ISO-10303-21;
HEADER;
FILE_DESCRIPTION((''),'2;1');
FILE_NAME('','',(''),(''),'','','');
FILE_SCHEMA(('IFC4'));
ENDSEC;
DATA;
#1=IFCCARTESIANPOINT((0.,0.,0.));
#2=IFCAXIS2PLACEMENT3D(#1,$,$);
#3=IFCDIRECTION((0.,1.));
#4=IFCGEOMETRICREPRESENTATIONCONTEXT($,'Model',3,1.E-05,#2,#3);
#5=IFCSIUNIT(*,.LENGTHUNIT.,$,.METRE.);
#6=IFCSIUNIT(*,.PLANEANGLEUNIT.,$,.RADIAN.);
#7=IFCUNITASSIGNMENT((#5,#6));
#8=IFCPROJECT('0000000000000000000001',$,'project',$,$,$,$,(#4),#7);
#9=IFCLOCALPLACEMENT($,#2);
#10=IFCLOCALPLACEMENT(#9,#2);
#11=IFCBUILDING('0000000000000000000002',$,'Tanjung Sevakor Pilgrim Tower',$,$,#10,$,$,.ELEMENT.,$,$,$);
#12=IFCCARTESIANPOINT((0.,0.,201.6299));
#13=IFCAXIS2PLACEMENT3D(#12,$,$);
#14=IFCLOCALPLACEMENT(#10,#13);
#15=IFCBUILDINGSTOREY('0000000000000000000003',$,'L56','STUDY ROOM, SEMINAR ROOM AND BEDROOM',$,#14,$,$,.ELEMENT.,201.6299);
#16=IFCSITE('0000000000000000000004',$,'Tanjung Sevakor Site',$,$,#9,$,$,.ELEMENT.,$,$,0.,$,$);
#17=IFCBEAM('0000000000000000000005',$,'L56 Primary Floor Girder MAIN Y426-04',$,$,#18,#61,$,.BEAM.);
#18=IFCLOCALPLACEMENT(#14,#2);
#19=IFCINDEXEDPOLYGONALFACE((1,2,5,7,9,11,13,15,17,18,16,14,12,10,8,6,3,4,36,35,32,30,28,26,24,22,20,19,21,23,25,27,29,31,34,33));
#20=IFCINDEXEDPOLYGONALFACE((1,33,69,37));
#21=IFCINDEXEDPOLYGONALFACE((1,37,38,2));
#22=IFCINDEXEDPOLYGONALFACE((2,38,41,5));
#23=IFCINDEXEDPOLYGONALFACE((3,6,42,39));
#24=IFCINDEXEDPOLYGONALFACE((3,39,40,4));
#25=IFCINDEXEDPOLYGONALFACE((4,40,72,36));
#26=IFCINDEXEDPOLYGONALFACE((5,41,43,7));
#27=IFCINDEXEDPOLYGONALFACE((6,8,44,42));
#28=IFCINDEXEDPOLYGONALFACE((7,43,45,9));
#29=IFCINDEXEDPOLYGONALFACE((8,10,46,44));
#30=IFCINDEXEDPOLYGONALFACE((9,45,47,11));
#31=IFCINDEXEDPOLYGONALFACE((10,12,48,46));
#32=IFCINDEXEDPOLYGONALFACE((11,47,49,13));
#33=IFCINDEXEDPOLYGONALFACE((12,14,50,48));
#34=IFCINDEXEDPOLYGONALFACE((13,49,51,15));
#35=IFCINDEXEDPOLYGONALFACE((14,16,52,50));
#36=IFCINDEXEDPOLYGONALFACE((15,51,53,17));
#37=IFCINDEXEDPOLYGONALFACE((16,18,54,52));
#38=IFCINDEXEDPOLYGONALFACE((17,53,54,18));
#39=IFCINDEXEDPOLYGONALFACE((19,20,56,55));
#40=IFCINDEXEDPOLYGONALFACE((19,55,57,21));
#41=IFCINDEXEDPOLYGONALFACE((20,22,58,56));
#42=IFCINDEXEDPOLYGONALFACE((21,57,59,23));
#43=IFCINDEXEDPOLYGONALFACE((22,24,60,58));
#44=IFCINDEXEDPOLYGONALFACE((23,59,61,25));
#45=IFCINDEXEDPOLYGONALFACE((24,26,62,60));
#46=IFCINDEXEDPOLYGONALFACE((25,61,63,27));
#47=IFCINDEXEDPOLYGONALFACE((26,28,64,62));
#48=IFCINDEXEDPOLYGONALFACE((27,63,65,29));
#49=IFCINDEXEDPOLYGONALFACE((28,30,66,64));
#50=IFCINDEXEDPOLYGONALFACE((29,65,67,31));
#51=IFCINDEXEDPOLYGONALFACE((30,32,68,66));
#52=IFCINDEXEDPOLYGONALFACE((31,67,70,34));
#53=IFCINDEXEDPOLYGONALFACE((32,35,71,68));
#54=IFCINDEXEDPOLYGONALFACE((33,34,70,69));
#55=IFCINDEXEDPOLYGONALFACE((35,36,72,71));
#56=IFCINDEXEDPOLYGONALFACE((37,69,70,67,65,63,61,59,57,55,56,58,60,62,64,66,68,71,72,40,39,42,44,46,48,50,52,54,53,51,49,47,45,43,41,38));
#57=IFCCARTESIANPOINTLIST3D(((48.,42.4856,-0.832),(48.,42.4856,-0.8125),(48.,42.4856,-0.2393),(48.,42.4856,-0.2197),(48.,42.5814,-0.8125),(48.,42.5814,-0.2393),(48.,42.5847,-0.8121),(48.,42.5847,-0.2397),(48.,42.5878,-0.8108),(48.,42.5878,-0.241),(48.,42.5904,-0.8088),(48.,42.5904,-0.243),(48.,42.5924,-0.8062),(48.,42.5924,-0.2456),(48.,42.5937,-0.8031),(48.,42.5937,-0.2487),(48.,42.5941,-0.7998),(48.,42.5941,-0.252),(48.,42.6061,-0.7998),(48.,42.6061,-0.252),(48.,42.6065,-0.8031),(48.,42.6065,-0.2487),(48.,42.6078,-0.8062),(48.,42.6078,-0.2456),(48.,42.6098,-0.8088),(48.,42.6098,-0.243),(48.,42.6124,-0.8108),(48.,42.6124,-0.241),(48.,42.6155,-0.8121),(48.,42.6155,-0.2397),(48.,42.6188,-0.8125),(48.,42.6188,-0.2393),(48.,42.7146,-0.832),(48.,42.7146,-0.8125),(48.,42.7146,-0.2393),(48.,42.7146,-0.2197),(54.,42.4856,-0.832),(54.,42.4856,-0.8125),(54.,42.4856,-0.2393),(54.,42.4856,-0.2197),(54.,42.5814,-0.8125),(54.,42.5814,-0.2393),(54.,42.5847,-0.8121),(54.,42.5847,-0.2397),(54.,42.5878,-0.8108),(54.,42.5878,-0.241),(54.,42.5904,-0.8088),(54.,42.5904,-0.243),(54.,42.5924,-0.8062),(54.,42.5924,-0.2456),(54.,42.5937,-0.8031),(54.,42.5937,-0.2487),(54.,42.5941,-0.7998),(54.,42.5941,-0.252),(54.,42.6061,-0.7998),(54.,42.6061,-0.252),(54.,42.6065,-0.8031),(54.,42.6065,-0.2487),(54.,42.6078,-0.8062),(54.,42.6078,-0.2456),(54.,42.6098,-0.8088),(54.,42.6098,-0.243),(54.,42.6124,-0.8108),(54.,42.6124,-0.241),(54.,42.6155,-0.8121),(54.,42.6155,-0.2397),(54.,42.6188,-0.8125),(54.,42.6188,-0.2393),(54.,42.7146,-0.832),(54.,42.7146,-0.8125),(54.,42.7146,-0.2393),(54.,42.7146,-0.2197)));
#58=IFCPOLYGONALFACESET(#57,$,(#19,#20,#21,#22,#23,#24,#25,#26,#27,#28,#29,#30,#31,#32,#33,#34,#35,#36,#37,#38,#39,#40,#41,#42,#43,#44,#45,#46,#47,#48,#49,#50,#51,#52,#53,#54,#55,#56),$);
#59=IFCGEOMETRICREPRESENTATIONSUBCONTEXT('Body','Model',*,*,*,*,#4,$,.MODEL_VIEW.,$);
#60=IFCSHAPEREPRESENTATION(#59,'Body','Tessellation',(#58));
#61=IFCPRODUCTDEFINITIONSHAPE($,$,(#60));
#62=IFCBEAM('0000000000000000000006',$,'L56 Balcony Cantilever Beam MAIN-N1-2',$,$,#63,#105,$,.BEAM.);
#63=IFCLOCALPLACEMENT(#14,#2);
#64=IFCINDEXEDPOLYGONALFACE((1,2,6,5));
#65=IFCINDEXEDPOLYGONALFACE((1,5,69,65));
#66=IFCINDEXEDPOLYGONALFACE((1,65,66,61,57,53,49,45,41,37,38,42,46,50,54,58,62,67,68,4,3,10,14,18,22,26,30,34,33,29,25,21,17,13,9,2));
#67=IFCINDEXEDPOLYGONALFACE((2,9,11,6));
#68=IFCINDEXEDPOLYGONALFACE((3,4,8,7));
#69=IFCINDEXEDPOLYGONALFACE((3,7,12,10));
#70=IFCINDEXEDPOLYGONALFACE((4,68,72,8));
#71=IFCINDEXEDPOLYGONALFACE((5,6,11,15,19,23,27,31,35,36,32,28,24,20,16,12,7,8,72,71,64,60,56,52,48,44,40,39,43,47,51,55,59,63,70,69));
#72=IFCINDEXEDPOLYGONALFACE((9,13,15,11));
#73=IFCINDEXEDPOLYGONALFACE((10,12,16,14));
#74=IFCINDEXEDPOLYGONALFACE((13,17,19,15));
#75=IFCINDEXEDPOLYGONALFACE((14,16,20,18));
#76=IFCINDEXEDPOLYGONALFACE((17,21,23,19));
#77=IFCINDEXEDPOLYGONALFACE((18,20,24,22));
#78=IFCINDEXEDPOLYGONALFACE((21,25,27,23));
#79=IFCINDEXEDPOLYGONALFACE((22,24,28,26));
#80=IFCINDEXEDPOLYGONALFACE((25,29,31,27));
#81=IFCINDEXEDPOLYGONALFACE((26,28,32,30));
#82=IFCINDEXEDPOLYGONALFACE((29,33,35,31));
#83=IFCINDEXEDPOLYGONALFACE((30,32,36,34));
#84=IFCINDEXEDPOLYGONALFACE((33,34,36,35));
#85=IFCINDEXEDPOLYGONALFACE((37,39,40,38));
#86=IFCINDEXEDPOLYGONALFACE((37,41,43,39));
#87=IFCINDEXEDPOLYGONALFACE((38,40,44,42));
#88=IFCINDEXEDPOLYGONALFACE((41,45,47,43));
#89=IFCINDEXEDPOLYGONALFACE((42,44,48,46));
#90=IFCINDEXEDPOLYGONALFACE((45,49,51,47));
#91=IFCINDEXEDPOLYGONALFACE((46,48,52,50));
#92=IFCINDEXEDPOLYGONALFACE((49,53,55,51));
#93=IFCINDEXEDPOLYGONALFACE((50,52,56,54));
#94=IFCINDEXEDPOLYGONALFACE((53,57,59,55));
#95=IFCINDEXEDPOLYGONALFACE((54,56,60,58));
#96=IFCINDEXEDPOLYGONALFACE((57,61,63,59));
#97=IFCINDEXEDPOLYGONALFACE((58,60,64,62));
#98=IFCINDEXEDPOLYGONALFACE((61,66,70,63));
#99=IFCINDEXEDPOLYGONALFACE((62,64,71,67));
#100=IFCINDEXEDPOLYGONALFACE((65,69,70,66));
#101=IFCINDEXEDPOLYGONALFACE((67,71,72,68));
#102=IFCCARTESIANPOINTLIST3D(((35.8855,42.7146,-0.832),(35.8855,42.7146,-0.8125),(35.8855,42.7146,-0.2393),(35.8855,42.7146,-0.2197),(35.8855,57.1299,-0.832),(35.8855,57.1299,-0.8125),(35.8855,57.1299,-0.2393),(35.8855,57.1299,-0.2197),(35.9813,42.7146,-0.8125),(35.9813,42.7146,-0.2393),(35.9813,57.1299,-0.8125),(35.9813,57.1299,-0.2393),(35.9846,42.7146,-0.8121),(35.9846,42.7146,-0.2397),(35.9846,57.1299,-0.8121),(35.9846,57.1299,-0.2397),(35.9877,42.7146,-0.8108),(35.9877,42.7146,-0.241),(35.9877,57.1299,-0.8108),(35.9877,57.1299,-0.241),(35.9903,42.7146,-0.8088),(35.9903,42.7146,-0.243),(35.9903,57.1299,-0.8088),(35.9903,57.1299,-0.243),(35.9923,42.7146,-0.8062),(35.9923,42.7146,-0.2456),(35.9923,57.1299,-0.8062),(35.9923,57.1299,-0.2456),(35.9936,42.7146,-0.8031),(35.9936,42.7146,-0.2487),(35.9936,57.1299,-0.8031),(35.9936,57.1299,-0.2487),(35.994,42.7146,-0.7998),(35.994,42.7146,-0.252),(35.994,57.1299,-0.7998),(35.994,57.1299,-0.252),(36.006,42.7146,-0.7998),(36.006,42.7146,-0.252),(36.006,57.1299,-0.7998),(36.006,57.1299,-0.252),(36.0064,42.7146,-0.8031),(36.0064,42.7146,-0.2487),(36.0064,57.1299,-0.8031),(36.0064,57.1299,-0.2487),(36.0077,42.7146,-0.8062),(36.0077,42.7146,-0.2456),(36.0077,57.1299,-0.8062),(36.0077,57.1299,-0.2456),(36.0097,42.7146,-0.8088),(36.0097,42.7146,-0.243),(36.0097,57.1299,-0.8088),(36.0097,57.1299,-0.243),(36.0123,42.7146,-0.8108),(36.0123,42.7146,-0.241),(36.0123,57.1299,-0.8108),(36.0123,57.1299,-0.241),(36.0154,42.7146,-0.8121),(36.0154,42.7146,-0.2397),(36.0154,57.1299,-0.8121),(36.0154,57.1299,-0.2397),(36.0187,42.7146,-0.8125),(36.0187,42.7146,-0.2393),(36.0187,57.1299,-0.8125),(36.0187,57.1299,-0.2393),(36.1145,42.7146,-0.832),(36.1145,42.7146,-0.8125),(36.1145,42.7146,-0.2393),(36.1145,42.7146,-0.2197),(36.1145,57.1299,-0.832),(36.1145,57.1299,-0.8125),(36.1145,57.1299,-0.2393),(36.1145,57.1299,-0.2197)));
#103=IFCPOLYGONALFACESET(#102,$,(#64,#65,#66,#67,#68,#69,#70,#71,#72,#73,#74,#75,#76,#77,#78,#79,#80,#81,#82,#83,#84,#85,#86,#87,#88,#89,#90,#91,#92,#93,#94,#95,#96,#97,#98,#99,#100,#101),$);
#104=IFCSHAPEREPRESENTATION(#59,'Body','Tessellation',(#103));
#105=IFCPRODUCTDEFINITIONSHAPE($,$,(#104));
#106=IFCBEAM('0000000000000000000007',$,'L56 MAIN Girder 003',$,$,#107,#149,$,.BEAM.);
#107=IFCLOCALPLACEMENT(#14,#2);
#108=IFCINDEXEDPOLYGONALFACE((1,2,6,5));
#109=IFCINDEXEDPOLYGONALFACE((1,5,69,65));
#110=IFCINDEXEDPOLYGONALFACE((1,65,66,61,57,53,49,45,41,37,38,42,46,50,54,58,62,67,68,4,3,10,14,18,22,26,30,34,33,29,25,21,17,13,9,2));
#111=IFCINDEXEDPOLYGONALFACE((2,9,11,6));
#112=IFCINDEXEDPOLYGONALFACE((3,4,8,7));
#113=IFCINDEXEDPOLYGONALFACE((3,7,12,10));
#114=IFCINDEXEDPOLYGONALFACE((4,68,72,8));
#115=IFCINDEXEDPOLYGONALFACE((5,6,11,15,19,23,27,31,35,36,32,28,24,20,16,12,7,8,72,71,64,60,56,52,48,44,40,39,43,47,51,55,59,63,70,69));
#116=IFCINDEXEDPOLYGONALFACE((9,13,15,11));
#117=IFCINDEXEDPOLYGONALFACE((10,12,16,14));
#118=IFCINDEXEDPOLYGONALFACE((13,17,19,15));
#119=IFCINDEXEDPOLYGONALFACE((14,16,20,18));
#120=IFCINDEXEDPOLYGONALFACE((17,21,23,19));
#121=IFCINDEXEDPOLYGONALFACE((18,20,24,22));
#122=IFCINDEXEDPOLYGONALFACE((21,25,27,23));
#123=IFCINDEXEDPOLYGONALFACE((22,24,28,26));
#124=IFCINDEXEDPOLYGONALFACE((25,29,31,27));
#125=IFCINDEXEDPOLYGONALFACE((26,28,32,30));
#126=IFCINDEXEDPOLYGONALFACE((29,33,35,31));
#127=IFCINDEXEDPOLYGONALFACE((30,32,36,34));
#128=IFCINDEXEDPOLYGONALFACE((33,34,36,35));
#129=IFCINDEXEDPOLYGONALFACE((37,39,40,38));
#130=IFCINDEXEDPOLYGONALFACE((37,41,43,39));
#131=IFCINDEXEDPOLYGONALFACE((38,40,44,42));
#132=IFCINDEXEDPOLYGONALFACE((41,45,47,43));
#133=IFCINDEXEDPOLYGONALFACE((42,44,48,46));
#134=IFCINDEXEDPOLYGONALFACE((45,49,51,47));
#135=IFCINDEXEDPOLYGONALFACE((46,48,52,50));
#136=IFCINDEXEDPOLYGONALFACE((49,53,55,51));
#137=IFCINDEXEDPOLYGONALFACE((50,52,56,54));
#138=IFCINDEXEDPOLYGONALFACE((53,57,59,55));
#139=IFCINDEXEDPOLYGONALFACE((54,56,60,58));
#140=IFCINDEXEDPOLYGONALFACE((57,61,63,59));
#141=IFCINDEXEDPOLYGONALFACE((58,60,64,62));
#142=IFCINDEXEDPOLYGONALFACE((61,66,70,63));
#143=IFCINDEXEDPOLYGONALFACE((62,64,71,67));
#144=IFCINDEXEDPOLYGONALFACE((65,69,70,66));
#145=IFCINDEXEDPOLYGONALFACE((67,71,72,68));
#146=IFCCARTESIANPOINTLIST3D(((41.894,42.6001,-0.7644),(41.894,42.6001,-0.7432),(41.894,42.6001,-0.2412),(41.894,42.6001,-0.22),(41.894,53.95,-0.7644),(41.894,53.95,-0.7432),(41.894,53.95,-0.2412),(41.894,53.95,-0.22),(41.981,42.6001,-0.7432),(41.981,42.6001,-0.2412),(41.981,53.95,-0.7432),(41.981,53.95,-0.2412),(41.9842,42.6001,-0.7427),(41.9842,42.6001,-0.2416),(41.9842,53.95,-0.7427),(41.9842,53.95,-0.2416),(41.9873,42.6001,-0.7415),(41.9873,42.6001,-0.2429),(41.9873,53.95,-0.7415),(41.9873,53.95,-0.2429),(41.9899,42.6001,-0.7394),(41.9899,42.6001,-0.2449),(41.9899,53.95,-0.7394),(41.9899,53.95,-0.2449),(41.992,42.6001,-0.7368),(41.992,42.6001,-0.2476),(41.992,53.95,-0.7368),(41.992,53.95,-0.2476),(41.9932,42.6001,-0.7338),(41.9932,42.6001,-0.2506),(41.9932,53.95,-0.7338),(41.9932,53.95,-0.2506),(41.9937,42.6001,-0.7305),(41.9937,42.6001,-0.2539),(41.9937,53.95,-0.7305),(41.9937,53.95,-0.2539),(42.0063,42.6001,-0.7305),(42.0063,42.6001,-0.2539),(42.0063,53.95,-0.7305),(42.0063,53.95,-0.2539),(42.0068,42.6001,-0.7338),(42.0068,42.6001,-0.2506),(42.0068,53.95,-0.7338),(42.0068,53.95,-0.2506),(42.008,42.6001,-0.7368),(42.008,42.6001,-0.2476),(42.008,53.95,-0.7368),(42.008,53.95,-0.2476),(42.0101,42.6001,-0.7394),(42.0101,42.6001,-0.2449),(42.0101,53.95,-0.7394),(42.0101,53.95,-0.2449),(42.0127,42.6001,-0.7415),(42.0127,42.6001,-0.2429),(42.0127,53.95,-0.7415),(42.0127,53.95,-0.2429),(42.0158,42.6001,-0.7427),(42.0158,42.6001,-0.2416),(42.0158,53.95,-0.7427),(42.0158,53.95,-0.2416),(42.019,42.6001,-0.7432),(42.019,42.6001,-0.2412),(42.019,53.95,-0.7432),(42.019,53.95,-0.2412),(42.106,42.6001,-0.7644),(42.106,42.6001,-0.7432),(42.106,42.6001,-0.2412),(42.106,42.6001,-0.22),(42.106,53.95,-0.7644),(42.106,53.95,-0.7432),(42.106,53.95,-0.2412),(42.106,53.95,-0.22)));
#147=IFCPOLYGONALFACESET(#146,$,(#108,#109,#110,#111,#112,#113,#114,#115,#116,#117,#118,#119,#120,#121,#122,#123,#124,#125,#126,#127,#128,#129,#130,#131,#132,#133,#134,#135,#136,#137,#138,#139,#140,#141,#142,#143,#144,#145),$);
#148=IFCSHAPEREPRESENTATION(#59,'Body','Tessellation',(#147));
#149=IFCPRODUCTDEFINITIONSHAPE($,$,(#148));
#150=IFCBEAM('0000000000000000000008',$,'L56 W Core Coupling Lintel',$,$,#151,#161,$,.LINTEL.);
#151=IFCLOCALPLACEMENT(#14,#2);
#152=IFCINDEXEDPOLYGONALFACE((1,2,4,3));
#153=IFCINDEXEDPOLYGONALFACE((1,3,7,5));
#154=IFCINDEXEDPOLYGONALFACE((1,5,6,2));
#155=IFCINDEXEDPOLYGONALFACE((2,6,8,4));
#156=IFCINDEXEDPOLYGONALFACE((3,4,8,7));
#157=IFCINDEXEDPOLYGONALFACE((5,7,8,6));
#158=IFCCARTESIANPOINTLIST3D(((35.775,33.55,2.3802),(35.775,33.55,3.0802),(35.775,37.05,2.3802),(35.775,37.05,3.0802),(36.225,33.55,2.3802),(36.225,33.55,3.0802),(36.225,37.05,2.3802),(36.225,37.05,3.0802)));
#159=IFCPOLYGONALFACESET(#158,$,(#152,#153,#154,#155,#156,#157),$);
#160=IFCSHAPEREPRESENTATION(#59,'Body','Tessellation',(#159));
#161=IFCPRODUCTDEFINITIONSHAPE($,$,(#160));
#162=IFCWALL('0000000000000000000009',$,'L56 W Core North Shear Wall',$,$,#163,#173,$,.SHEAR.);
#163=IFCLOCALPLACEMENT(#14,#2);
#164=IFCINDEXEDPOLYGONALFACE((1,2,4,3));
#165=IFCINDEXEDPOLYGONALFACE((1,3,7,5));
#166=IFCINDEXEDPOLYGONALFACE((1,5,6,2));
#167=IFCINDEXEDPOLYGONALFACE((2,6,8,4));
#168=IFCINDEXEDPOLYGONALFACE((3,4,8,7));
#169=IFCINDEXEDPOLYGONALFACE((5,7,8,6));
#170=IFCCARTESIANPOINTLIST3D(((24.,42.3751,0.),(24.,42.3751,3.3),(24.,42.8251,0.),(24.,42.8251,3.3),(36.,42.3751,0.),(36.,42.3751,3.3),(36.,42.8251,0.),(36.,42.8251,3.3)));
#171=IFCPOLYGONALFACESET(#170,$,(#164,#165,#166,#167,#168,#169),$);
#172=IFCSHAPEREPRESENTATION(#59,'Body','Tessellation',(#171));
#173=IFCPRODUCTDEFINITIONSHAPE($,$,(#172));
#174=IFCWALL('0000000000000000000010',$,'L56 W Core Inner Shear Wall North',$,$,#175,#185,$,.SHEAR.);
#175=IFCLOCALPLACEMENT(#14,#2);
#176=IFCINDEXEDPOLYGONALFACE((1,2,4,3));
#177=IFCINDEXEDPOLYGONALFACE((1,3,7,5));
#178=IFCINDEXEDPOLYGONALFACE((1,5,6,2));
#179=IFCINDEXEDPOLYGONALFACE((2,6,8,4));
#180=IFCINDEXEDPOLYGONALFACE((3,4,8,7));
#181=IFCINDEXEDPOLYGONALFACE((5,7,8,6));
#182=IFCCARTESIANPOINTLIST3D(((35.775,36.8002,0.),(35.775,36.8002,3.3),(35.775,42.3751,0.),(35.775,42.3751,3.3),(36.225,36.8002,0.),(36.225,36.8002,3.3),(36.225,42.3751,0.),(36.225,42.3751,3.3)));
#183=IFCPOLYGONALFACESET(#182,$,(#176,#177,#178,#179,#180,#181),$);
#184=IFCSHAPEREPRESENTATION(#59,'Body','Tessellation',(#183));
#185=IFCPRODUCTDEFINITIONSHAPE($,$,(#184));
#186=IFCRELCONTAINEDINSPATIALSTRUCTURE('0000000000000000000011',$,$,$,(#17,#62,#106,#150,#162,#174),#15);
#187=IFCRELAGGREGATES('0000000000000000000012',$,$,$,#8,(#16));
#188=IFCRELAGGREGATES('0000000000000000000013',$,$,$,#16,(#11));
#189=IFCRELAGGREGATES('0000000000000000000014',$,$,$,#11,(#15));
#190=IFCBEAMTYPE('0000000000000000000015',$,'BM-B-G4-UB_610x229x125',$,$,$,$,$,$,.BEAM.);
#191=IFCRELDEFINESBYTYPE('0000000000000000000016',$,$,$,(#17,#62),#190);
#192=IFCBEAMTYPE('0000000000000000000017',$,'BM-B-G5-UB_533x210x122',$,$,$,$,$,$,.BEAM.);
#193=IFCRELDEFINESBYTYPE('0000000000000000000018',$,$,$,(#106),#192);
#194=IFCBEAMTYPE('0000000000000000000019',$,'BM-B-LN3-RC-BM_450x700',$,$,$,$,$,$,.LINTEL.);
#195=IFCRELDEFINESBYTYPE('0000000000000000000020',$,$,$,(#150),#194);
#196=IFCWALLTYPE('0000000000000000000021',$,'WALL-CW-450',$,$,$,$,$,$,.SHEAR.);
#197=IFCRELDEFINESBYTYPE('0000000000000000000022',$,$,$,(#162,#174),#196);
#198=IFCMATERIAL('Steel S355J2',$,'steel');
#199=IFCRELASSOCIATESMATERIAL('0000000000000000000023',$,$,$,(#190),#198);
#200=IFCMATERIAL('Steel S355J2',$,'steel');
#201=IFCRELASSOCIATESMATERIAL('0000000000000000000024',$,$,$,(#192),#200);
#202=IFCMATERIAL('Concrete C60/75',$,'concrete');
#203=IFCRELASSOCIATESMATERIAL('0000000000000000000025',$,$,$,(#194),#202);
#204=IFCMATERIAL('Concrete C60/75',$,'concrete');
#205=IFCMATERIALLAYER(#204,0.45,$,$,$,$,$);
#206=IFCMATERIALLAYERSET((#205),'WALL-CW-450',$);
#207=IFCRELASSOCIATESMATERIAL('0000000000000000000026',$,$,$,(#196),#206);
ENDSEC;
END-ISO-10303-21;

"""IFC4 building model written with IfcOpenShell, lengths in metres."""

from ifc_helpers import new_model, si_unit, direction, frame, frame_2d, origin, origin_2d, place, context, subcontext, project, spatial, rectangle, i_section, extrude, material, layer, layer_set, material_profile, profile_set, type_object, element, save


model = new_model("IFC4")

# Units and contexts
model_context = context("Model", 3, precision=1e-05, world=origin(), true_north=direction((0.0, 1.0)))
body_context = subcontext(model_context, "Body", "Model", "MODEL_VIEW")
ifc_project = project(units=[si_unit("LENGTHUNIT", "METRE"), si_unit("PLANEANGLEUNIT", "RADIAN")], contexts=[model_context])

# Site, building, storey
site_placement = place(None, origin())
site = spatial("IfcSite", under=ifc_project, at=site_placement, Name="Tanjung Sevakor Site", CompositionType="ELEMENT", RefElevation=0.0)
building_placement = place(site_placement, origin())
building = spatial("IfcBuilding", under=site, at=building_placement, Name="Tanjung Sevakor Pilgrim Tower", CompositionType="ELEMENT")
storey_placement = place(building_placement, frame((0.0, 0.0, 201.6299)))
storey = spatial("IfcBuildingStorey", under=building, at=storey_placement, Name="L56", Description="STUDY ROOM, SEMINAR ROOM AND BEDROOM", CompositionType="ELEMENT", Elevation=201.6299)

# Beams
ifc_material_1 = material(Name="Steel S355J2", Category="steel")
ifc_material_profile_1 = material_profile(ifc_material_1, i_section(OverallWidth=0.229, OverallDepth=0.6123, WebThickness=0.012, FlangeThickness=0.0195, FilletRadius=0.0127, at=origin_2d()))
ifc_profile_set_1 = profile_set([ifc_material_profile_1], Name="Steel S355J2")
beam_type_1 = type_object("IfcBeamType", Name="BM-B-G4-UB_610x229x125", PredefinedType="BEAM", material=ifc_profile_set_1)
for number, where, z_axis, x_axis, name in (
    (1, (48.0, 42.6001, -0.5259), (1.0, 0.0, 0.0), (0.0, 1.0, 0.0), "L56 Primary Floor Girder MAIN Y426-04"),
):
    element("IfcBeam", number, at=place(storey_placement, frame(where, z_axis=z_axis, x_axis=x_axis)), inside=storey, type_object=beam_type_1, Name=name, PredefinedType="BEAM", context=body_context, shape_type="SweptSolid", body=[
        extrude(i_section(OverallWidth=0.229, OverallDepth=0.6123, WebThickness=0.012, FlangeThickness=0.0195, FilletRadius=0.0127, at=origin_2d()), origin(), (0.0, 0.0, 1.0), 6.0),
    ])
beam_1_placement = place(storey_placement, frame((36.0, 42.7146, -0.5259), z_axis=(0.0, 1.0, 0.0), x_axis=(-1.0, 0.0, 0.0)))
element("IfcBeam", 2, at=beam_1_placement, inside=storey, type_object=beam_type_1, Name="L56 Balcony Cantilever Beam MAIN-N1-2", PredefinedType="BEAM", context=body_context, shape_type="SweptSolid", body=[
    extrude(i_section(OverallWidth=0.229, OverallDepth=0.6123, WebThickness=0.012, FlangeThickness=0.0195, FilletRadius=0.0127, at=origin_2d()), origin(), (0.0, 0.0, 1.0), 14.4153),
])
ifc_material_2 = material(Name="Steel S355J2", Category="steel")
ifc_material_profile_2 = material_profile(ifc_material_2, i_section(OverallWidth=0.2119, OverallDepth=0.5444, WebThickness=0.0127, FlangeThickness=0.0212, FilletRadius=0.0127, at=origin_2d()))
ifc_profile_set_2 = profile_set([ifc_material_profile_2], Name="Steel S355J2")
beam_type_2 = type_object("IfcBeamType", Name="BM-B-G5-UB_533x210x122", PredefinedType="BEAM", material=ifc_profile_set_2)
beam_2_placement = place(storey_placement, frame((42.0, 42.6001, -0.4922), z_axis=(0.0, 1.0, 0.0), x_axis=(-1.0, 0.0, 0.0)))
element("IfcBeam", 3, at=beam_2_placement, inside=storey, type_object=beam_type_2, Name="L56 MAIN Girder 003", PredefinedType="BEAM", context=body_context, shape_type="SweptSolid", body=[
    extrude(i_section(OverallWidth=0.2119, OverallDepth=0.5444, WebThickness=0.0127, FlangeThickness=0.0212, FilletRadius=0.0127, at=origin_2d()), origin(), (0.0, 0.0, 1.0), 11.3499),
])
ifc_material_3 = material(Name="Concrete C60/75", Category="concrete")
ifc_material_profile_3 = material_profile(ifc_material_3, rectangle(XDim=0.45, YDim=0.7, at=origin_2d()))
ifc_profile_set_3 = profile_set([ifc_material_profile_3], Name="Concrete C60/75")
beam_type_3 = type_object("IfcBeamType", Name="BM-B-LN3-RC-BM_450x700", PredefinedType="LINTEL", material=ifc_profile_set_3)
beam_3_placement = place(storey_placement, frame((36.0, 33.55, 2.7302), z_axis=(0.0, 1.0, 0.0), x_axis=(-1.0, 0.0, 0.0)))
element("IfcBeam", 4, at=beam_3_placement, inside=storey, type_object=beam_type_3, Name="L56 W Core Coupling Lintel", PredefinedType="LINTEL", context=body_context, shape_type="SweptSolid", body=[
    extrude(rectangle(XDim=0.45, YDim=0.7, at=origin_2d()), origin(), (0.0, 0.0, 1.0), 3.5),
])

# Walls
ifc_material_4 = material(Name="Concrete C60/75", Category="concrete")
ifc_layer_1 = layer(ifc_material_4, 0.45)
ifc_layer_set_1 = layer_set([ifc_layer_1], Name="WALL-CW-450")
wall_type_1 = type_object("IfcWallType", Name="WALL-CW-450", PredefinedType="SHEAR", material=ifc_layer_set_1)
wall_1_placement = place(storey_placement, frame((36.0, 42.6001, 0.0), z_axis=(0.0, 0.0, 1.0), x_axis=(-1.0, 0.0, 0.0)))
element("IfcWall", 5, at=wall_1_placement, inside=storey, type_object=wall_type_1, Name="L56 W Core North Shear Wall", PredefinedType="SHEAR", context=body_context, shape_type="SweptSolid", body=[
    extrude(rectangle(XDim=12.0, YDim=0.45, at=frame_2d((6.0, 0.0))), origin(), (0.0, 0.0, 1.0), 3.3),
])
wall_2_placement = place(storey_placement, frame((36.0, 36.8, 0.0), z_axis=(0.0, 0.0, 1.0), x_axis=(0.0, 1.0, 0.0)))
element("IfcWall", 6, at=wall_2_placement, inside=storey, type_object=wall_type_1, Name="L56 W Core Inner Shear Wall North", PredefinedType="SHEAR", context=body_context, shape_type="SweptSolid", body=[
    extrude(rectangle(XDim=5.575, YDim=0.45, at=frame_2d((2.7876, 0.0))), origin(), (0.0, 0.0, 1.0), 3.3),
])

save(model, "model.ifc")
